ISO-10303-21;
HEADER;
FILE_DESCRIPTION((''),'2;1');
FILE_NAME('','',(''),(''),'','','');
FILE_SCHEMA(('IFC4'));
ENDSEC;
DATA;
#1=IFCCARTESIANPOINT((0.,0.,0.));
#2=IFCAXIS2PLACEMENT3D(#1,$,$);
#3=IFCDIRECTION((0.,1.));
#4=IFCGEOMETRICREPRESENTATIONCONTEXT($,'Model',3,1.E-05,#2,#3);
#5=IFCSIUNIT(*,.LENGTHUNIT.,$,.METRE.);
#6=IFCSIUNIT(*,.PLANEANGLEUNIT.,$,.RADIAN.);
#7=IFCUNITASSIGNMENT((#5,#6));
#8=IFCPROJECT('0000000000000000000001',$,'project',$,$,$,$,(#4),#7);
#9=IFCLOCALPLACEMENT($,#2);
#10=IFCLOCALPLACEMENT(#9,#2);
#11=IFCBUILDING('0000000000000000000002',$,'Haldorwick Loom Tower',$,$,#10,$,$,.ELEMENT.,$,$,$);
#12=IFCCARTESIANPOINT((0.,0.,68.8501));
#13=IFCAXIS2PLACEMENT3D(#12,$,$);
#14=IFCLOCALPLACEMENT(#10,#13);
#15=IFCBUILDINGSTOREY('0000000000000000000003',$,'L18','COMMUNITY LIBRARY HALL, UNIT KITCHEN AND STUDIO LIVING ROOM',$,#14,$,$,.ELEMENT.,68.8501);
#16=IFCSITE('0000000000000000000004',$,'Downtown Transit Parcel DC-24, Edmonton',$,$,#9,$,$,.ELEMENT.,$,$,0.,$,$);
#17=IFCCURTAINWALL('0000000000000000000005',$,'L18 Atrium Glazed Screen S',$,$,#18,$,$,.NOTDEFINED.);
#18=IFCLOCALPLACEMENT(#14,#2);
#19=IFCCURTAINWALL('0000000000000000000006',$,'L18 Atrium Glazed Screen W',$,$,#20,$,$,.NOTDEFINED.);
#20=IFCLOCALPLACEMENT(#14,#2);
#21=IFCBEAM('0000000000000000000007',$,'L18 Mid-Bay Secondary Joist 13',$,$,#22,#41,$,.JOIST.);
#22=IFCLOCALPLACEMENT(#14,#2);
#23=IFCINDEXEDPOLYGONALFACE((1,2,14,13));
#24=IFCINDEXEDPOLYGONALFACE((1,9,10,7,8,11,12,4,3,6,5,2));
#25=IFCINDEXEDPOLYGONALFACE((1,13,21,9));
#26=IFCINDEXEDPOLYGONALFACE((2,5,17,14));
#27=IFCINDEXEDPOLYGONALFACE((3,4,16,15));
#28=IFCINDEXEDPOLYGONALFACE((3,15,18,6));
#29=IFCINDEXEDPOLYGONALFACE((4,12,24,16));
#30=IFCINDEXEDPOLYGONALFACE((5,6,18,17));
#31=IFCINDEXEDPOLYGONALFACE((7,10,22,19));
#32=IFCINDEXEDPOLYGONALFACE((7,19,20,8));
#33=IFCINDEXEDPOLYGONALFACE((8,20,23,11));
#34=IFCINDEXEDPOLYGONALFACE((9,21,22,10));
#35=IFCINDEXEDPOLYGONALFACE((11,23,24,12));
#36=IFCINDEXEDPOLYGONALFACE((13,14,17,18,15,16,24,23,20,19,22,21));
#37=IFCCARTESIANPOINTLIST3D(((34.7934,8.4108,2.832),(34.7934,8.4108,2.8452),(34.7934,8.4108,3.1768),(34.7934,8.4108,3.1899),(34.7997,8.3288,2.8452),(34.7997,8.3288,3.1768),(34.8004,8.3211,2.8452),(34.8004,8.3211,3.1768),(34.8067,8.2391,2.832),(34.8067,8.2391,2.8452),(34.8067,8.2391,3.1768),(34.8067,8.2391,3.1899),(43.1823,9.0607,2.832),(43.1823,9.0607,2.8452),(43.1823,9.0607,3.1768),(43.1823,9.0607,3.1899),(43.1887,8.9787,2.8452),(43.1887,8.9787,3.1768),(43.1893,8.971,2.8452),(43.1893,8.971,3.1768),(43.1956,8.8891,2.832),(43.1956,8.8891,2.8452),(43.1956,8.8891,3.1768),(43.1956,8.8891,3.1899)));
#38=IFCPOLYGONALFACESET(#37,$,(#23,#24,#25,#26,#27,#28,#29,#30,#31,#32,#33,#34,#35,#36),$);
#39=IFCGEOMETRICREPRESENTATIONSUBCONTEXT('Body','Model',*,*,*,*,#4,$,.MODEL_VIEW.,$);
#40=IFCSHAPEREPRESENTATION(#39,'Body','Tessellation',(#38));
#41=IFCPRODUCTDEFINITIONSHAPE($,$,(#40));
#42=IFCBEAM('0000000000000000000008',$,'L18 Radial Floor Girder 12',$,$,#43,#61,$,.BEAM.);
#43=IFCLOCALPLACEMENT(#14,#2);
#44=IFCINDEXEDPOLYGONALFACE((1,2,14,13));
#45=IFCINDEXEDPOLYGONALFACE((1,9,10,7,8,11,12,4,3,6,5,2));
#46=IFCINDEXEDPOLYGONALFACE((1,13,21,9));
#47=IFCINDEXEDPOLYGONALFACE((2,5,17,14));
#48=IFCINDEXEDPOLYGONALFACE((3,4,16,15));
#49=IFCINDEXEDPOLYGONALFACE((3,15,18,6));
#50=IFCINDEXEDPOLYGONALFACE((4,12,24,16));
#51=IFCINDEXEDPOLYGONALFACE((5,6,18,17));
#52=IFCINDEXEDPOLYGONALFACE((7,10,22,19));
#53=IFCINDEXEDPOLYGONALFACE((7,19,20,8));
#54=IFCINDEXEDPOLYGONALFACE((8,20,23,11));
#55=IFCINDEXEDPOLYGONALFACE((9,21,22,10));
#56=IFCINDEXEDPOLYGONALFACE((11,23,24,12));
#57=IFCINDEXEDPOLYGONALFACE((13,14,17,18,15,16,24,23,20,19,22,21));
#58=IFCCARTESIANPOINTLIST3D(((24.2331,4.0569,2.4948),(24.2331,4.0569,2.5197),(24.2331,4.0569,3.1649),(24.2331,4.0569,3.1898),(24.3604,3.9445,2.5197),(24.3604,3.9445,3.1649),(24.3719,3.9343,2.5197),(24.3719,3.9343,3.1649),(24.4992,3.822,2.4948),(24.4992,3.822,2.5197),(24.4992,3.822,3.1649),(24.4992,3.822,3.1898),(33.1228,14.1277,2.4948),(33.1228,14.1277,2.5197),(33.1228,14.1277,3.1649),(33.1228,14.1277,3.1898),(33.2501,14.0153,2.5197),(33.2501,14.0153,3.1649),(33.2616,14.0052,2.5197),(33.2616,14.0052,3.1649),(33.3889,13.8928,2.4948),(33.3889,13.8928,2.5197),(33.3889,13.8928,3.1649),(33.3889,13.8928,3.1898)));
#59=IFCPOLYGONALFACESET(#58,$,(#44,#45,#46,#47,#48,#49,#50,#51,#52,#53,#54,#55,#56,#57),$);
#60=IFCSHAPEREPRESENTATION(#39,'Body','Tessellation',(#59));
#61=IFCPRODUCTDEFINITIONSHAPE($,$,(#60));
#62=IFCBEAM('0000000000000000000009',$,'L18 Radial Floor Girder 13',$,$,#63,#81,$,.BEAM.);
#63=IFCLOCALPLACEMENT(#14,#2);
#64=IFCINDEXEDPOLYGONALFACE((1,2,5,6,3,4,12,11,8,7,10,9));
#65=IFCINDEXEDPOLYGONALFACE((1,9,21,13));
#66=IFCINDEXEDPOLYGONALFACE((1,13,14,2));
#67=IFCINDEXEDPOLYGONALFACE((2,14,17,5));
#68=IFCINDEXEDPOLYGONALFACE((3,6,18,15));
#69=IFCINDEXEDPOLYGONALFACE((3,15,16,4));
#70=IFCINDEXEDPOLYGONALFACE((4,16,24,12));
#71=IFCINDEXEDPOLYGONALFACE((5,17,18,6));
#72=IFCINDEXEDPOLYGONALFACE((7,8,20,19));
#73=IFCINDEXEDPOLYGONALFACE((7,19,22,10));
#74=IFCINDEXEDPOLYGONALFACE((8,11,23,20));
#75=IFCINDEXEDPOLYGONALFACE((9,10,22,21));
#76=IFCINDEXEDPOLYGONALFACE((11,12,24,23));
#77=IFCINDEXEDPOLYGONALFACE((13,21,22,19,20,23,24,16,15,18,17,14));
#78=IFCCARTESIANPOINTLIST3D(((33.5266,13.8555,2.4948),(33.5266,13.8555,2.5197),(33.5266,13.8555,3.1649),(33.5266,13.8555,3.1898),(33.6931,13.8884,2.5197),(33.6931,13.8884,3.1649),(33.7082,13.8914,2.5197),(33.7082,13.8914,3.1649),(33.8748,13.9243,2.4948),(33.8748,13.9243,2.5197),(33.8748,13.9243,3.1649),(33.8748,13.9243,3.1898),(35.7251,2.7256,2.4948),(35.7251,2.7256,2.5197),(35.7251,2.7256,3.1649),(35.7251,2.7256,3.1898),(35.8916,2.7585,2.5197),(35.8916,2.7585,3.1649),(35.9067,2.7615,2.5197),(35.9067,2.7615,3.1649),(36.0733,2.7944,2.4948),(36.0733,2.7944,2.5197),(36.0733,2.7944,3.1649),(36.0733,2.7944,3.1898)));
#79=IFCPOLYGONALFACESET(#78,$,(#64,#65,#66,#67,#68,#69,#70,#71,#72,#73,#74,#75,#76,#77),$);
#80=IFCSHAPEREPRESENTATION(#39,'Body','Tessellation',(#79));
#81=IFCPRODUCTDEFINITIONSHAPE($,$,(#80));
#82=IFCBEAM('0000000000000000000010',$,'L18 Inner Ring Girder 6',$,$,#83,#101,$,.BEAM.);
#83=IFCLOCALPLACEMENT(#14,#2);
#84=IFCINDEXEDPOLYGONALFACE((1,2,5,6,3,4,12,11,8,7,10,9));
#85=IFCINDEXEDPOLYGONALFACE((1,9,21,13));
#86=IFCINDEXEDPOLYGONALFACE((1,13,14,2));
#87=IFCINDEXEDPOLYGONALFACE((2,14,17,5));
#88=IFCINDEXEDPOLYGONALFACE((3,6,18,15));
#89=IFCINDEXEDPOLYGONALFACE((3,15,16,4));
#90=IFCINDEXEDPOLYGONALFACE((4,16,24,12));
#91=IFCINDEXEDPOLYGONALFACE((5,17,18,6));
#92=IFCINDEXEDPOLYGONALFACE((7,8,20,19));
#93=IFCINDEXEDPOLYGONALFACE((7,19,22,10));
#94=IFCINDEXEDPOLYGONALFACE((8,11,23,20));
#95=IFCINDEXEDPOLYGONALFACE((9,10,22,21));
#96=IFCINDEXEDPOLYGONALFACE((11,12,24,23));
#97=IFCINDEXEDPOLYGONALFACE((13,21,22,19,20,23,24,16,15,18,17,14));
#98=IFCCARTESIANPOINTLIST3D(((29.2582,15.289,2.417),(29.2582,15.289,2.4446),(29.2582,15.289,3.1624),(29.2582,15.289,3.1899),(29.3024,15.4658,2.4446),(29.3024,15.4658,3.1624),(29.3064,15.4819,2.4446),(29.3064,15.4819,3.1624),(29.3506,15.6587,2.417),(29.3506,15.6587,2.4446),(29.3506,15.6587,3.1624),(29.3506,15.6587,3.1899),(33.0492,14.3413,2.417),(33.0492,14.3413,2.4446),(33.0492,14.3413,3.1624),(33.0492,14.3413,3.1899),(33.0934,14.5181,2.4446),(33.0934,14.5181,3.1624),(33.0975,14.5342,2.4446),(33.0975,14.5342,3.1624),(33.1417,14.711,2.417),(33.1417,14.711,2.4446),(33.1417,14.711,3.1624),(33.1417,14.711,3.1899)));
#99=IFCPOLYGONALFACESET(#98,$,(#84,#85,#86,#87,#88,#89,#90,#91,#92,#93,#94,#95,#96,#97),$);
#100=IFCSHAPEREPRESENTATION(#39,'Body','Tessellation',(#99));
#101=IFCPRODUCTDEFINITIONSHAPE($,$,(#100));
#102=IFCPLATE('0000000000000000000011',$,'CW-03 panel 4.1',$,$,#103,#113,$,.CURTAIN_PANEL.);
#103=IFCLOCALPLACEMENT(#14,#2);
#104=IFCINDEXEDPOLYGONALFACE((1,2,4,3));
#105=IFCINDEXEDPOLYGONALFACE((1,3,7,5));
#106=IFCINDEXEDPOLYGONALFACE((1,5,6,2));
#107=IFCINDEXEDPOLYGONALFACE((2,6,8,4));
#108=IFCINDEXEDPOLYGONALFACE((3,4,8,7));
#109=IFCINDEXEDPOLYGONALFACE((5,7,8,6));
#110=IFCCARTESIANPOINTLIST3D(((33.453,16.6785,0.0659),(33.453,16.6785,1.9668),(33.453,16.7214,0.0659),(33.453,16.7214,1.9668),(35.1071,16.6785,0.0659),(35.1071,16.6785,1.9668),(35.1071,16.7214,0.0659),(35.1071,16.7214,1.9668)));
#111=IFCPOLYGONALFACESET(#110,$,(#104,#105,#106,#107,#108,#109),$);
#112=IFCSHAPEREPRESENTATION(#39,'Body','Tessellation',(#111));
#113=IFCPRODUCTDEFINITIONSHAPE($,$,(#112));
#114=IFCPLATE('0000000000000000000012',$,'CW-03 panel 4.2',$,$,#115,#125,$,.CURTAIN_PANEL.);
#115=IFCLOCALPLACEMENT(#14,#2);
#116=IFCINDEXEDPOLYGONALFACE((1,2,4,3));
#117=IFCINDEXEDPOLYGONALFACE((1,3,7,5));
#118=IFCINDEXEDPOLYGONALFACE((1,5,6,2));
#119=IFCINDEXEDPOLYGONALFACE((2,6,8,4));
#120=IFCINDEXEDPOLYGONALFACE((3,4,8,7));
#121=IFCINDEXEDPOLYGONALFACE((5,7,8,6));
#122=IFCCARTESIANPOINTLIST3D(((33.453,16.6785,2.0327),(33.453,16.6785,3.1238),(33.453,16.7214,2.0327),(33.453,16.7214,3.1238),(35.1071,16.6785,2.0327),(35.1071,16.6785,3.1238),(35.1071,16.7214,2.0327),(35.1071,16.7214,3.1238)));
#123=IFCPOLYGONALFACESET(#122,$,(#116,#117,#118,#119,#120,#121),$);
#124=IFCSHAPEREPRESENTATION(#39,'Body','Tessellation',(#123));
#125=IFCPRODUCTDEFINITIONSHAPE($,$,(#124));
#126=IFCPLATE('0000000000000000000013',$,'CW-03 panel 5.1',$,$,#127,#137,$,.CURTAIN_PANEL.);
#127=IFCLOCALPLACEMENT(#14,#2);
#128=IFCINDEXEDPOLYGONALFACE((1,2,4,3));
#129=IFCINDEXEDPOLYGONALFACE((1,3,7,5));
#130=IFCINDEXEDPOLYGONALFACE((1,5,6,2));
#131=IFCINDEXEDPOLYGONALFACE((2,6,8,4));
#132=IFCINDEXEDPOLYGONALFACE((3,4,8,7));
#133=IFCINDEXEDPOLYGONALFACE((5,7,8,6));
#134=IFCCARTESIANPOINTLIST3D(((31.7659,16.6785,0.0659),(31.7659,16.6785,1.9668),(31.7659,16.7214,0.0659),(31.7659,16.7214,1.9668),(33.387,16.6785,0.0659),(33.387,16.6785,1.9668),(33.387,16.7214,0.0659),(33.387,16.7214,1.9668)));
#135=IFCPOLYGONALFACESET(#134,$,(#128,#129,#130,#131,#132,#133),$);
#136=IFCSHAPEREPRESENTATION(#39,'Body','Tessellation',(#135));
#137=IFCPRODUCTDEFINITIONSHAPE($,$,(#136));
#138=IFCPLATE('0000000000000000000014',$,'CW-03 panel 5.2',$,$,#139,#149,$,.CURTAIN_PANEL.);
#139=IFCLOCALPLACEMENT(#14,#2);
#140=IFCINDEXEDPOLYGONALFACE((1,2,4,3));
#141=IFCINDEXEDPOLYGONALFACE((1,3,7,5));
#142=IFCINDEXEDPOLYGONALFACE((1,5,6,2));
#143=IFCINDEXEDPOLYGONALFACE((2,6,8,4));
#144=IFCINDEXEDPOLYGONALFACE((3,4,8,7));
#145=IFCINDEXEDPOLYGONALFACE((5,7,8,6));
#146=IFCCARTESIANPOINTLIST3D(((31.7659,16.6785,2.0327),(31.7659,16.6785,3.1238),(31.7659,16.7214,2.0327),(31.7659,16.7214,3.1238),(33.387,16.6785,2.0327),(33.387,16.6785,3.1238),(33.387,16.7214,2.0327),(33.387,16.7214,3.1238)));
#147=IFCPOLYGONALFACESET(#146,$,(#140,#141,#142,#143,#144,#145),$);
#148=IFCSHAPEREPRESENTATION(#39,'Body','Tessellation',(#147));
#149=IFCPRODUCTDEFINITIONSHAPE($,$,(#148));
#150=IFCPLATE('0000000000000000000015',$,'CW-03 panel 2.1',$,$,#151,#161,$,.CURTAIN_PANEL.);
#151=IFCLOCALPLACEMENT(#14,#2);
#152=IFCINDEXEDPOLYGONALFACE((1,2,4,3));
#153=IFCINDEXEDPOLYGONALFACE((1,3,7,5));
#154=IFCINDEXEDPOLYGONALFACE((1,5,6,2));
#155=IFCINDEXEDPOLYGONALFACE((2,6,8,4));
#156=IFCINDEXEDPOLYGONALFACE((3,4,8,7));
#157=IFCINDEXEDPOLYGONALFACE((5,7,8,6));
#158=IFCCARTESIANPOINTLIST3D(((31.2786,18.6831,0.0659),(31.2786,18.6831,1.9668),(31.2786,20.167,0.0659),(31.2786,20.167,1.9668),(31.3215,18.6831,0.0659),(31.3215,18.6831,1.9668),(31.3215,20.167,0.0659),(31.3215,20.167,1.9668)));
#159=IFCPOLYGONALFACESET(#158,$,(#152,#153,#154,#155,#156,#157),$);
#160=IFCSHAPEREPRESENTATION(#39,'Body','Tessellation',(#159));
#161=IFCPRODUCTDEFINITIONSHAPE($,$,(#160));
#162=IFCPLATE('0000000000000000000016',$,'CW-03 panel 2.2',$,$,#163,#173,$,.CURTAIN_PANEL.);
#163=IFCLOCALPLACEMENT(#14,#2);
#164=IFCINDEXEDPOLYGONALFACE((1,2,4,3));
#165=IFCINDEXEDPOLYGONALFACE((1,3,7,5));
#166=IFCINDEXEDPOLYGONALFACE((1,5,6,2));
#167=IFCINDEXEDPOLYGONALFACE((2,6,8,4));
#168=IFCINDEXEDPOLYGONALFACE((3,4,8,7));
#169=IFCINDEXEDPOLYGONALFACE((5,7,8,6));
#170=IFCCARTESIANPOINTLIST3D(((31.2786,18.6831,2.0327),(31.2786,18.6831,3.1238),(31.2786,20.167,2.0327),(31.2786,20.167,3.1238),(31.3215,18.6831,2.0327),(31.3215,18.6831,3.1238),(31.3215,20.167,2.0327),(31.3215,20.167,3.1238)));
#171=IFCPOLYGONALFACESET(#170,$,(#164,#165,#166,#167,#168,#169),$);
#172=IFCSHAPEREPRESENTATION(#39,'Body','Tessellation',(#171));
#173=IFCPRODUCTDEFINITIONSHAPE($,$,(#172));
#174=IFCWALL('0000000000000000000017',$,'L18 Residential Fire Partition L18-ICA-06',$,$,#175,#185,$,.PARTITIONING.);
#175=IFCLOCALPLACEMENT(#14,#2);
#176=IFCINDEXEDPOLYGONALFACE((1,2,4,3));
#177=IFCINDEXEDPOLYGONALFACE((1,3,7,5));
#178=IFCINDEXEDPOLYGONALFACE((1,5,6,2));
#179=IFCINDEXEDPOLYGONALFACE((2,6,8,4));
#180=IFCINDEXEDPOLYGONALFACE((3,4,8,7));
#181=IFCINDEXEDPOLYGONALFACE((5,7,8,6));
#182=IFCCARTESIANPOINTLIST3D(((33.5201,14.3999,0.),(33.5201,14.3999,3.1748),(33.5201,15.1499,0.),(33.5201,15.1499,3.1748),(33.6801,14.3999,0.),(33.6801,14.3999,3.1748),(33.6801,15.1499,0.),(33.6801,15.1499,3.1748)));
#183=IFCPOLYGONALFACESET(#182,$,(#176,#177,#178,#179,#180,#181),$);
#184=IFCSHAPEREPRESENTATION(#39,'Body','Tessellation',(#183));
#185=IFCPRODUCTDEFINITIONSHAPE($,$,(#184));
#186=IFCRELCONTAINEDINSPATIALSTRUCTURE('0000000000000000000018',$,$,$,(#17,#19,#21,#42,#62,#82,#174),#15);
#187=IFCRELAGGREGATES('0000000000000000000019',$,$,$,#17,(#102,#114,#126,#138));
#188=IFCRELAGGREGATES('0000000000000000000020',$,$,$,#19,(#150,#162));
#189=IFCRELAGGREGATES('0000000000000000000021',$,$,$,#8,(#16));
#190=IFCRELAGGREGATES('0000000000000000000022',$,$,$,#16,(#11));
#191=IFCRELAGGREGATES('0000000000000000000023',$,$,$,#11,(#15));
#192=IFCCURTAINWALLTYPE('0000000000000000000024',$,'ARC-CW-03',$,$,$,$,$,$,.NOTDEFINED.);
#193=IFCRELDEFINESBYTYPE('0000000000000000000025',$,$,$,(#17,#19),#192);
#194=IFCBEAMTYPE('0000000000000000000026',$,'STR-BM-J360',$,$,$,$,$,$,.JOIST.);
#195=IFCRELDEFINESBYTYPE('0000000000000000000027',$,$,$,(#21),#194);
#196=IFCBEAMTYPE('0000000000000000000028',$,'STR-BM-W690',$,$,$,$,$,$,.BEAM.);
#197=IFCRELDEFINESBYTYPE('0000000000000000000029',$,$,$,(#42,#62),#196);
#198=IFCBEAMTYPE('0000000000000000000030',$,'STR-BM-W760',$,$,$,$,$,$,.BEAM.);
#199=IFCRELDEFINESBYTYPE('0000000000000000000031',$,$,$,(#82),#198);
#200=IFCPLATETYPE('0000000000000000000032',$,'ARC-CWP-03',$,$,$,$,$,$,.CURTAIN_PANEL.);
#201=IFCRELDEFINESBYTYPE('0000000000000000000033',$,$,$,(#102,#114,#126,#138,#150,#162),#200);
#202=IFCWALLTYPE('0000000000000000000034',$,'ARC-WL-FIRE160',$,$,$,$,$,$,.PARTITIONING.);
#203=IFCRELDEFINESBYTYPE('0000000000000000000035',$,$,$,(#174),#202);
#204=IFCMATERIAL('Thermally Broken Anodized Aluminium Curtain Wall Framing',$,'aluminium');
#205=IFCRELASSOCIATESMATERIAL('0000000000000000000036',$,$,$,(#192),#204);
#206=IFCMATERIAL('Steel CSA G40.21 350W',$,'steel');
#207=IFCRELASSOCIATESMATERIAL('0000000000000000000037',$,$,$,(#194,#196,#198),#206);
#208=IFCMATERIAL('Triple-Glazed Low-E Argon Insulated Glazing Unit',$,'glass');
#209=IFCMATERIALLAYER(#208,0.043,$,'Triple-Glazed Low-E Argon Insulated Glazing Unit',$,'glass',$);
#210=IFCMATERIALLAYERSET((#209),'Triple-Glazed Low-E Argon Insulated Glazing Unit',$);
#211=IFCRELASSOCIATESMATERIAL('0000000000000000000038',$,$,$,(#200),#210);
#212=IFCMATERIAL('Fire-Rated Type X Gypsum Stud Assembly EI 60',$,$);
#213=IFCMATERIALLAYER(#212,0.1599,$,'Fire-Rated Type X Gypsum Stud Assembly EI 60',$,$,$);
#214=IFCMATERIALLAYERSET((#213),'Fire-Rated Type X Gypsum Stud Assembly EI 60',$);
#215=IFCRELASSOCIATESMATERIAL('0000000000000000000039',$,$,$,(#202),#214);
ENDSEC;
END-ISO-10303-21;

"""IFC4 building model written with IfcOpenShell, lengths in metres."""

from ifc_helpers import new_model, si_unit, direction, frame, frame_2d, origin, origin_2d, place, context, subcontext, project, spatial, rectangle, i_section, extrude, material, layer, layer_set, material_profile, profile_set, type_object, element, aggregate, save


model = new_model("IFC4")

# Units and contexts
model_context = context("Model", 3, precision=1e-05, world=origin(), true_north=direction((0.0, 1.0)))
body_context = subcontext(model_context, "Body", "Model", "MODEL_VIEW")
ifc_project = project(units=[si_unit("LENGTHUNIT", "METRE"), si_unit("PLANEANGLEUNIT", "RADIAN")], contexts=[model_context])

# Site, building, storey
site_placement = place(None, origin())
site = spatial("IfcSite", under=ifc_project, at=site_placement, Name="Downtown Transit Parcel DC-24, Edmonton", CompositionType="ELEMENT", RefElevation=0.0)
building_placement = place(site_placement, origin())
building = spatial("IfcBuilding", under=site, at=building_placement, Name="Haldorwick Loom Tower", CompositionType="ELEMENT")
storey_placement = place(building_placement, frame((0.0, 0.0, 68.8501)))
storey = spatial("IfcBuildingStorey", under=building, at=storey_placement, Name="L18", Description="COMMUNITY LIBRARY HALL, UNIT KITCHEN AND STUDIO LIVING ROOM", CompositionType="ELEMENT", Elevation=68.8501)

# Curtain wall
ifc_material_1 = material(Name="Thermally Broken Anodized Aluminium Curtain Wall Framing", Category="aluminium")
curtain_wall_type = type_object("IfcCurtainWallType", Name="ARC-CW-03", PredefinedType="NOTDEFINED", material=ifc_material_1)
curtain_wall_1_placement = place(storey_placement, origin())
curtain_wall_1 = element("IfcCurtainWall", 1, at=curtain_wall_1_placement, inside=storey, type_object=curtain_wall_type, Name="L18 Atrium Glazed Screen S", PredefinedType="NOTDEFINED")

# Curtain wall
curtain_wall_2_placement = place(storey_placement, origin())
curtain_wall_2 = element("IfcCurtainWall", 2, at=curtain_wall_2_placement, inside=storey, type_object=curtain_wall_type, Name="L18 Atrium Glazed Screen W", PredefinedType="NOTDEFINED")

# Beams
ifc_material_2 = material(Name="Steel CSA G40.21 350W", Category="steel")
ifc_material_profile_1 = material_profile(ifc_material_2, i_section(OverallWidth=0.1721, OverallDepth=0.3579, WebThickness=0.0078, FlangeThickness=0.0132, at=origin_2d()), Name="W360X57", Category="steel")
ifc_profile_set_1 = profile_set([ifc_material_profile_1], Name="Steel CSA G40.21 350W")
beam_type_1 = type_object("IfcBeamType", Name="STR-BM-J360", PredefinedType="JOIST", material=ifc_profile_set_1)
beam_1_placement = place(storey_placement, frame((34.8, 8.325, 3.011), z_axis=(0.997013, 0.07724, 0.0), x_axis=(-0.07724, 0.997013, 0.0)))
element("IfcBeam", 3, at=beam_1_placement, inside=storey, type_object=beam_type_1, Name="L18 Mid-Bay Secondary Joist 13", PredefinedType="JOIST", context=body_context, shape_type="SweptSolid", body=[
    extrude(i_section(OverallWidth=0.1721, OverallDepth=0.3579, WebThickness=0.0078, FlangeThickness=0.0132, at=origin_2d()), origin(), (0.0, 0.0, 1.0), 8.4141),
])
ifc_material_profile_2 = material_profile(ifc_material_2, i_section(OverallWidth=0.355, OverallDepth=0.6951, WebThickness=0.0154, FlangeThickness=0.0249, at=origin_2d()), Name="W690X217", Category="steel")
ifc_profile_set_2 = profile_set([ifc_material_profile_2], Name="Steel CSA G40.21 350W")
beam_type_2 = type_object("IfcBeamType", Name="STR-BM-W690", PredefinedType="BEAM", material=ifc_profile_set_2)
beam_2_placement = place(storey_placement, frame((33.2559, 14.0103, 2.8423), z_axis=(-0.661774, -0.749703, 0.0), x_axis=(0.749703, -0.661774, 0.0)))
element("IfcBeam", 4, at=beam_2_placement, inside=storey, type_object=beam_type_2, Name="L18 Radial Floor Girder 12", PredefinedType="BEAM", context=body_context, shape_type="SweptSolid", body=[
    extrude(i_section(OverallWidth=0.355, OverallDepth=0.6951, WebThickness=0.0154, FlangeThickness=0.0249, at=origin_2d()), origin(), (0.0, 0.0, 1.0), 13.4331),
])
beam_3_placement = place(storey_placement, frame((33.7007, 13.8899, 2.8423), z_axis=(0.193786, -0.981044, 0.0), x_axis=(0.981044, 0.193786, 0.0)))
element("IfcBeam", 5, at=beam_3_placement, inside=storey, type_object=beam_type_2, Name="L18 Radial Floor Girder 13", PredefinedType="BEAM", context=body_context, shape_type="SweptSolid", body=[
    extrude(i_section(OverallWidth=0.355, OverallDepth=0.6951, WebThickness=0.0154, FlangeThickness=0.0249, at=origin_2d()), origin(), (0.0, 0.0, 1.0), 11.345),
])
ifc_material_profile_3 = material_profile(ifc_material_2, i_section(OverallWidth=0.3811, OverallDepth=0.7729, WebThickness=0.0166, FlangeThickness=0.0276, at=origin_2d()), Name="W760X257", Category="steel")
ifc_profile_set_3 = profile_set([ifc_material_profile_3], Name="Steel CSA G40.21 350W")
beam_type_3 = type_object("IfcBeamType", Name="STR-BM-W760", PredefinedType="BEAM", material=ifc_profile_set_3)
beam_4_placement = place(storey_placement, frame((33.0955, 14.5261, 2.8035), z_axis=(-0.970143, 0.242536, 0.0), x_axis=(-0.242536, -0.970143, 0.0)))
element("IfcBeam", 6, at=beam_4_placement, inside=storey, type_object=beam_type_3, Name="L18 Inner Ring Girder 6", PredefinedType="BEAM", context=body_context, shape_type="SweptSolid", body=[
    extrude(i_section(OverallWidth=0.3811, OverallDepth=0.7729, WebThickness=0.0166, FlangeThickness=0.0276, at=origin_2d()), origin(), (0.0, 0.0, 1.0), 3.9077),
])

# Plates
ifc_material_3 = material(Name="Triple-Glazed Low-E Argon Insulated Glazing Unit", Category="glass")
ifc_layer_1 = layer(ifc_material_3, 0.043, Name="Triple-Glazed Low-E Argon Insulated Glazing Unit", Category="glass")
ifc_layer_set_1 = layer_set([ifc_layer_1], Name="Triple-Glazed Low-E Argon Insulated Glazing Unit")
plate_type = type_object("IfcPlateType", Name="ARC-CWP-03", PredefinedType="CURTAIN_PANEL", material=ifc_layer_set_1)
plate_1_placement = place(storey_placement, frame((34.28, 16.7, 0.0659), z_axis=(0.0, 0.0, 1.0), x_axis=(-1.0, 0.0, 0.0)))
plate_1 = element("IfcPlate", 7, at=plate_1_placement, type_object=plate_type, Name="CW-03 panel 4.1", PredefinedType="CURTAIN_PANEL", context=body_context, shape_type="SweptSolid", body=[
    extrude(rectangle(XDim=1.6541, YDim=0.043, at=origin_2d()), origin(), (0.0, 0.0, 1.0), 1.9009),
])
plate_2_placement = place(storey_placement, frame((34.28, 16.7, 2.0327), z_axis=(0.0, 0.0, 1.0), x_axis=(-1.0, 0.0, 0.0)))
plate_2 = element("IfcPlate", 8, at=plate_2_placement, type_object=plate_type, Name="CW-03 panel 4.2", PredefinedType="CURTAIN_PANEL", context=body_context, shape_type="SweptSolid", body=[
    extrude(rectangle(XDim=1.6541, YDim=0.043, at=origin_2d()), origin(), (0.0, 0.0, 1.0), 1.0911),
])
plate_3_placement = place(storey_placement, frame((32.5764, 16.7, 0.0659), z_axis=(0.0, 0.0, 1.0), x_axis=(-1.0, 0.0, 0.0)))
plate_3 = element("IfcPlate", 9, at=plate_3_placement, type_object=plate_type, Name="CW-03 panel 5.1", PredefinedType="CURTAIN_PANEL", context=body_context, shape_type="SweptSolid", body=[
    extrude(rectangle(XDim=1.6211, YDim=0.043, at=origin_2d()), origin(), (0.0, 0.0, 1.0), 1.9009),
])
plate_4_placement = place(storey_placement, frame((32.5764, 16.7, 2.0327), z_axis=(0.0, 0.0, 1.0), x_axis=(-1.0, 0.0, 0.0)))
plate_4 = element("IfcPlate", 10, at=plate_4_placement, type_object=plate_type, Name="CW-03 panel 5.2", PredefinedType="CURTAIN_PANEL", context=body_context, shape_type="SweptSolid", body=[
    extrude(rectangle(XDim=1.6211, YDim=0.043, at=origin_2d()), origin(), (0.0, 0.0, 1.0), 1.0911),
])
aggregate(curtain_wall_1, [plate_1, plate_2, plate_3, plate_4])
plate_5_placement = place(storey_placement, frame((31.3, 19.425, 0.0659), z_axis=(0.0, 0.0, 1.0), x_axis=(0.0, 1.0, 0.0)))
plate_5 = element("IfcPlate", 11, at=plate_5_placement, type_object=plate_type, Name="CW-03 panel 2.1", PredefinedType="CURTAIN_PANEL", context=body_context, shape_type="SweptSolid", body=[
    extrude(rectangle(XDim=1.4839, YDim=0.043, at=origin_2d()), origin(), (0.0, 0.0, 1.0), 1.9009),
])
plate_6_placement = place(storey_placement, frame((31.3, 19.425, 2.0327), z_axis=(0.0, 0.0, 1.0), x_axis=(0.0, 1.0, 0.0)))
plate_6 = element("IfcPlate", 12, at=plate_6_placement, type_object=plate_type, Name="CW-03 panel 2.2", PredefinedType="CURTAIN_PANEL", context=body_context, shape_type="SweptSolid", body=[
    extrude(rectangle(XDim=1.4839, YDim=0.043, at=origin_2d()), origin(), (0.0, 0.0, 1.0), 1.0911),
])
aggregate(curtain_wall_2, [plate_5, plate_6])

# Wall
ifc_material_4 = material(Name="Fire-Rated Type X Gypsum Stud Assembly EI 60")
ifc_layer_2 = layer(ifc_material_4, 0.1599, Name="Fire-Rated Type X Gypsum Stud Assembly EI 60")
ifc_layer_set_2 = layer_set([ifc_layer_2], Name="Fire-Rated Type X Gypsum Stud Assembly EI 60")
wall_type = type_object("IfcWallType", Name="ARC-WL-FIRE160", PredefinedType="PARTITIONING", material=ifc_layer_set_2)
wall_1_placement = place(storey_placement, frame((33.6001, 15.1499, 0.0), z_axis=(0.0, 0.0, 1.0), x_axis=(0.0, -1.0, 0.0)))
element("IfcWall", 13, at=wall_1_placement, inside=storey, type_object=wall_type, Name="L18 Residential Fire Partition L18-ICA-06", PredefinedType="PARTITIONING", context=body_context, shape_type="SweptSolid", body=[
    extrude(rectangle(XDim=0.75, YDim=0.1599, at=frame_2d((0.375, 0.0))), origin(), (0.0, 0.0, 1.0), 3.1748),
])

save(model, "model.ifc")
